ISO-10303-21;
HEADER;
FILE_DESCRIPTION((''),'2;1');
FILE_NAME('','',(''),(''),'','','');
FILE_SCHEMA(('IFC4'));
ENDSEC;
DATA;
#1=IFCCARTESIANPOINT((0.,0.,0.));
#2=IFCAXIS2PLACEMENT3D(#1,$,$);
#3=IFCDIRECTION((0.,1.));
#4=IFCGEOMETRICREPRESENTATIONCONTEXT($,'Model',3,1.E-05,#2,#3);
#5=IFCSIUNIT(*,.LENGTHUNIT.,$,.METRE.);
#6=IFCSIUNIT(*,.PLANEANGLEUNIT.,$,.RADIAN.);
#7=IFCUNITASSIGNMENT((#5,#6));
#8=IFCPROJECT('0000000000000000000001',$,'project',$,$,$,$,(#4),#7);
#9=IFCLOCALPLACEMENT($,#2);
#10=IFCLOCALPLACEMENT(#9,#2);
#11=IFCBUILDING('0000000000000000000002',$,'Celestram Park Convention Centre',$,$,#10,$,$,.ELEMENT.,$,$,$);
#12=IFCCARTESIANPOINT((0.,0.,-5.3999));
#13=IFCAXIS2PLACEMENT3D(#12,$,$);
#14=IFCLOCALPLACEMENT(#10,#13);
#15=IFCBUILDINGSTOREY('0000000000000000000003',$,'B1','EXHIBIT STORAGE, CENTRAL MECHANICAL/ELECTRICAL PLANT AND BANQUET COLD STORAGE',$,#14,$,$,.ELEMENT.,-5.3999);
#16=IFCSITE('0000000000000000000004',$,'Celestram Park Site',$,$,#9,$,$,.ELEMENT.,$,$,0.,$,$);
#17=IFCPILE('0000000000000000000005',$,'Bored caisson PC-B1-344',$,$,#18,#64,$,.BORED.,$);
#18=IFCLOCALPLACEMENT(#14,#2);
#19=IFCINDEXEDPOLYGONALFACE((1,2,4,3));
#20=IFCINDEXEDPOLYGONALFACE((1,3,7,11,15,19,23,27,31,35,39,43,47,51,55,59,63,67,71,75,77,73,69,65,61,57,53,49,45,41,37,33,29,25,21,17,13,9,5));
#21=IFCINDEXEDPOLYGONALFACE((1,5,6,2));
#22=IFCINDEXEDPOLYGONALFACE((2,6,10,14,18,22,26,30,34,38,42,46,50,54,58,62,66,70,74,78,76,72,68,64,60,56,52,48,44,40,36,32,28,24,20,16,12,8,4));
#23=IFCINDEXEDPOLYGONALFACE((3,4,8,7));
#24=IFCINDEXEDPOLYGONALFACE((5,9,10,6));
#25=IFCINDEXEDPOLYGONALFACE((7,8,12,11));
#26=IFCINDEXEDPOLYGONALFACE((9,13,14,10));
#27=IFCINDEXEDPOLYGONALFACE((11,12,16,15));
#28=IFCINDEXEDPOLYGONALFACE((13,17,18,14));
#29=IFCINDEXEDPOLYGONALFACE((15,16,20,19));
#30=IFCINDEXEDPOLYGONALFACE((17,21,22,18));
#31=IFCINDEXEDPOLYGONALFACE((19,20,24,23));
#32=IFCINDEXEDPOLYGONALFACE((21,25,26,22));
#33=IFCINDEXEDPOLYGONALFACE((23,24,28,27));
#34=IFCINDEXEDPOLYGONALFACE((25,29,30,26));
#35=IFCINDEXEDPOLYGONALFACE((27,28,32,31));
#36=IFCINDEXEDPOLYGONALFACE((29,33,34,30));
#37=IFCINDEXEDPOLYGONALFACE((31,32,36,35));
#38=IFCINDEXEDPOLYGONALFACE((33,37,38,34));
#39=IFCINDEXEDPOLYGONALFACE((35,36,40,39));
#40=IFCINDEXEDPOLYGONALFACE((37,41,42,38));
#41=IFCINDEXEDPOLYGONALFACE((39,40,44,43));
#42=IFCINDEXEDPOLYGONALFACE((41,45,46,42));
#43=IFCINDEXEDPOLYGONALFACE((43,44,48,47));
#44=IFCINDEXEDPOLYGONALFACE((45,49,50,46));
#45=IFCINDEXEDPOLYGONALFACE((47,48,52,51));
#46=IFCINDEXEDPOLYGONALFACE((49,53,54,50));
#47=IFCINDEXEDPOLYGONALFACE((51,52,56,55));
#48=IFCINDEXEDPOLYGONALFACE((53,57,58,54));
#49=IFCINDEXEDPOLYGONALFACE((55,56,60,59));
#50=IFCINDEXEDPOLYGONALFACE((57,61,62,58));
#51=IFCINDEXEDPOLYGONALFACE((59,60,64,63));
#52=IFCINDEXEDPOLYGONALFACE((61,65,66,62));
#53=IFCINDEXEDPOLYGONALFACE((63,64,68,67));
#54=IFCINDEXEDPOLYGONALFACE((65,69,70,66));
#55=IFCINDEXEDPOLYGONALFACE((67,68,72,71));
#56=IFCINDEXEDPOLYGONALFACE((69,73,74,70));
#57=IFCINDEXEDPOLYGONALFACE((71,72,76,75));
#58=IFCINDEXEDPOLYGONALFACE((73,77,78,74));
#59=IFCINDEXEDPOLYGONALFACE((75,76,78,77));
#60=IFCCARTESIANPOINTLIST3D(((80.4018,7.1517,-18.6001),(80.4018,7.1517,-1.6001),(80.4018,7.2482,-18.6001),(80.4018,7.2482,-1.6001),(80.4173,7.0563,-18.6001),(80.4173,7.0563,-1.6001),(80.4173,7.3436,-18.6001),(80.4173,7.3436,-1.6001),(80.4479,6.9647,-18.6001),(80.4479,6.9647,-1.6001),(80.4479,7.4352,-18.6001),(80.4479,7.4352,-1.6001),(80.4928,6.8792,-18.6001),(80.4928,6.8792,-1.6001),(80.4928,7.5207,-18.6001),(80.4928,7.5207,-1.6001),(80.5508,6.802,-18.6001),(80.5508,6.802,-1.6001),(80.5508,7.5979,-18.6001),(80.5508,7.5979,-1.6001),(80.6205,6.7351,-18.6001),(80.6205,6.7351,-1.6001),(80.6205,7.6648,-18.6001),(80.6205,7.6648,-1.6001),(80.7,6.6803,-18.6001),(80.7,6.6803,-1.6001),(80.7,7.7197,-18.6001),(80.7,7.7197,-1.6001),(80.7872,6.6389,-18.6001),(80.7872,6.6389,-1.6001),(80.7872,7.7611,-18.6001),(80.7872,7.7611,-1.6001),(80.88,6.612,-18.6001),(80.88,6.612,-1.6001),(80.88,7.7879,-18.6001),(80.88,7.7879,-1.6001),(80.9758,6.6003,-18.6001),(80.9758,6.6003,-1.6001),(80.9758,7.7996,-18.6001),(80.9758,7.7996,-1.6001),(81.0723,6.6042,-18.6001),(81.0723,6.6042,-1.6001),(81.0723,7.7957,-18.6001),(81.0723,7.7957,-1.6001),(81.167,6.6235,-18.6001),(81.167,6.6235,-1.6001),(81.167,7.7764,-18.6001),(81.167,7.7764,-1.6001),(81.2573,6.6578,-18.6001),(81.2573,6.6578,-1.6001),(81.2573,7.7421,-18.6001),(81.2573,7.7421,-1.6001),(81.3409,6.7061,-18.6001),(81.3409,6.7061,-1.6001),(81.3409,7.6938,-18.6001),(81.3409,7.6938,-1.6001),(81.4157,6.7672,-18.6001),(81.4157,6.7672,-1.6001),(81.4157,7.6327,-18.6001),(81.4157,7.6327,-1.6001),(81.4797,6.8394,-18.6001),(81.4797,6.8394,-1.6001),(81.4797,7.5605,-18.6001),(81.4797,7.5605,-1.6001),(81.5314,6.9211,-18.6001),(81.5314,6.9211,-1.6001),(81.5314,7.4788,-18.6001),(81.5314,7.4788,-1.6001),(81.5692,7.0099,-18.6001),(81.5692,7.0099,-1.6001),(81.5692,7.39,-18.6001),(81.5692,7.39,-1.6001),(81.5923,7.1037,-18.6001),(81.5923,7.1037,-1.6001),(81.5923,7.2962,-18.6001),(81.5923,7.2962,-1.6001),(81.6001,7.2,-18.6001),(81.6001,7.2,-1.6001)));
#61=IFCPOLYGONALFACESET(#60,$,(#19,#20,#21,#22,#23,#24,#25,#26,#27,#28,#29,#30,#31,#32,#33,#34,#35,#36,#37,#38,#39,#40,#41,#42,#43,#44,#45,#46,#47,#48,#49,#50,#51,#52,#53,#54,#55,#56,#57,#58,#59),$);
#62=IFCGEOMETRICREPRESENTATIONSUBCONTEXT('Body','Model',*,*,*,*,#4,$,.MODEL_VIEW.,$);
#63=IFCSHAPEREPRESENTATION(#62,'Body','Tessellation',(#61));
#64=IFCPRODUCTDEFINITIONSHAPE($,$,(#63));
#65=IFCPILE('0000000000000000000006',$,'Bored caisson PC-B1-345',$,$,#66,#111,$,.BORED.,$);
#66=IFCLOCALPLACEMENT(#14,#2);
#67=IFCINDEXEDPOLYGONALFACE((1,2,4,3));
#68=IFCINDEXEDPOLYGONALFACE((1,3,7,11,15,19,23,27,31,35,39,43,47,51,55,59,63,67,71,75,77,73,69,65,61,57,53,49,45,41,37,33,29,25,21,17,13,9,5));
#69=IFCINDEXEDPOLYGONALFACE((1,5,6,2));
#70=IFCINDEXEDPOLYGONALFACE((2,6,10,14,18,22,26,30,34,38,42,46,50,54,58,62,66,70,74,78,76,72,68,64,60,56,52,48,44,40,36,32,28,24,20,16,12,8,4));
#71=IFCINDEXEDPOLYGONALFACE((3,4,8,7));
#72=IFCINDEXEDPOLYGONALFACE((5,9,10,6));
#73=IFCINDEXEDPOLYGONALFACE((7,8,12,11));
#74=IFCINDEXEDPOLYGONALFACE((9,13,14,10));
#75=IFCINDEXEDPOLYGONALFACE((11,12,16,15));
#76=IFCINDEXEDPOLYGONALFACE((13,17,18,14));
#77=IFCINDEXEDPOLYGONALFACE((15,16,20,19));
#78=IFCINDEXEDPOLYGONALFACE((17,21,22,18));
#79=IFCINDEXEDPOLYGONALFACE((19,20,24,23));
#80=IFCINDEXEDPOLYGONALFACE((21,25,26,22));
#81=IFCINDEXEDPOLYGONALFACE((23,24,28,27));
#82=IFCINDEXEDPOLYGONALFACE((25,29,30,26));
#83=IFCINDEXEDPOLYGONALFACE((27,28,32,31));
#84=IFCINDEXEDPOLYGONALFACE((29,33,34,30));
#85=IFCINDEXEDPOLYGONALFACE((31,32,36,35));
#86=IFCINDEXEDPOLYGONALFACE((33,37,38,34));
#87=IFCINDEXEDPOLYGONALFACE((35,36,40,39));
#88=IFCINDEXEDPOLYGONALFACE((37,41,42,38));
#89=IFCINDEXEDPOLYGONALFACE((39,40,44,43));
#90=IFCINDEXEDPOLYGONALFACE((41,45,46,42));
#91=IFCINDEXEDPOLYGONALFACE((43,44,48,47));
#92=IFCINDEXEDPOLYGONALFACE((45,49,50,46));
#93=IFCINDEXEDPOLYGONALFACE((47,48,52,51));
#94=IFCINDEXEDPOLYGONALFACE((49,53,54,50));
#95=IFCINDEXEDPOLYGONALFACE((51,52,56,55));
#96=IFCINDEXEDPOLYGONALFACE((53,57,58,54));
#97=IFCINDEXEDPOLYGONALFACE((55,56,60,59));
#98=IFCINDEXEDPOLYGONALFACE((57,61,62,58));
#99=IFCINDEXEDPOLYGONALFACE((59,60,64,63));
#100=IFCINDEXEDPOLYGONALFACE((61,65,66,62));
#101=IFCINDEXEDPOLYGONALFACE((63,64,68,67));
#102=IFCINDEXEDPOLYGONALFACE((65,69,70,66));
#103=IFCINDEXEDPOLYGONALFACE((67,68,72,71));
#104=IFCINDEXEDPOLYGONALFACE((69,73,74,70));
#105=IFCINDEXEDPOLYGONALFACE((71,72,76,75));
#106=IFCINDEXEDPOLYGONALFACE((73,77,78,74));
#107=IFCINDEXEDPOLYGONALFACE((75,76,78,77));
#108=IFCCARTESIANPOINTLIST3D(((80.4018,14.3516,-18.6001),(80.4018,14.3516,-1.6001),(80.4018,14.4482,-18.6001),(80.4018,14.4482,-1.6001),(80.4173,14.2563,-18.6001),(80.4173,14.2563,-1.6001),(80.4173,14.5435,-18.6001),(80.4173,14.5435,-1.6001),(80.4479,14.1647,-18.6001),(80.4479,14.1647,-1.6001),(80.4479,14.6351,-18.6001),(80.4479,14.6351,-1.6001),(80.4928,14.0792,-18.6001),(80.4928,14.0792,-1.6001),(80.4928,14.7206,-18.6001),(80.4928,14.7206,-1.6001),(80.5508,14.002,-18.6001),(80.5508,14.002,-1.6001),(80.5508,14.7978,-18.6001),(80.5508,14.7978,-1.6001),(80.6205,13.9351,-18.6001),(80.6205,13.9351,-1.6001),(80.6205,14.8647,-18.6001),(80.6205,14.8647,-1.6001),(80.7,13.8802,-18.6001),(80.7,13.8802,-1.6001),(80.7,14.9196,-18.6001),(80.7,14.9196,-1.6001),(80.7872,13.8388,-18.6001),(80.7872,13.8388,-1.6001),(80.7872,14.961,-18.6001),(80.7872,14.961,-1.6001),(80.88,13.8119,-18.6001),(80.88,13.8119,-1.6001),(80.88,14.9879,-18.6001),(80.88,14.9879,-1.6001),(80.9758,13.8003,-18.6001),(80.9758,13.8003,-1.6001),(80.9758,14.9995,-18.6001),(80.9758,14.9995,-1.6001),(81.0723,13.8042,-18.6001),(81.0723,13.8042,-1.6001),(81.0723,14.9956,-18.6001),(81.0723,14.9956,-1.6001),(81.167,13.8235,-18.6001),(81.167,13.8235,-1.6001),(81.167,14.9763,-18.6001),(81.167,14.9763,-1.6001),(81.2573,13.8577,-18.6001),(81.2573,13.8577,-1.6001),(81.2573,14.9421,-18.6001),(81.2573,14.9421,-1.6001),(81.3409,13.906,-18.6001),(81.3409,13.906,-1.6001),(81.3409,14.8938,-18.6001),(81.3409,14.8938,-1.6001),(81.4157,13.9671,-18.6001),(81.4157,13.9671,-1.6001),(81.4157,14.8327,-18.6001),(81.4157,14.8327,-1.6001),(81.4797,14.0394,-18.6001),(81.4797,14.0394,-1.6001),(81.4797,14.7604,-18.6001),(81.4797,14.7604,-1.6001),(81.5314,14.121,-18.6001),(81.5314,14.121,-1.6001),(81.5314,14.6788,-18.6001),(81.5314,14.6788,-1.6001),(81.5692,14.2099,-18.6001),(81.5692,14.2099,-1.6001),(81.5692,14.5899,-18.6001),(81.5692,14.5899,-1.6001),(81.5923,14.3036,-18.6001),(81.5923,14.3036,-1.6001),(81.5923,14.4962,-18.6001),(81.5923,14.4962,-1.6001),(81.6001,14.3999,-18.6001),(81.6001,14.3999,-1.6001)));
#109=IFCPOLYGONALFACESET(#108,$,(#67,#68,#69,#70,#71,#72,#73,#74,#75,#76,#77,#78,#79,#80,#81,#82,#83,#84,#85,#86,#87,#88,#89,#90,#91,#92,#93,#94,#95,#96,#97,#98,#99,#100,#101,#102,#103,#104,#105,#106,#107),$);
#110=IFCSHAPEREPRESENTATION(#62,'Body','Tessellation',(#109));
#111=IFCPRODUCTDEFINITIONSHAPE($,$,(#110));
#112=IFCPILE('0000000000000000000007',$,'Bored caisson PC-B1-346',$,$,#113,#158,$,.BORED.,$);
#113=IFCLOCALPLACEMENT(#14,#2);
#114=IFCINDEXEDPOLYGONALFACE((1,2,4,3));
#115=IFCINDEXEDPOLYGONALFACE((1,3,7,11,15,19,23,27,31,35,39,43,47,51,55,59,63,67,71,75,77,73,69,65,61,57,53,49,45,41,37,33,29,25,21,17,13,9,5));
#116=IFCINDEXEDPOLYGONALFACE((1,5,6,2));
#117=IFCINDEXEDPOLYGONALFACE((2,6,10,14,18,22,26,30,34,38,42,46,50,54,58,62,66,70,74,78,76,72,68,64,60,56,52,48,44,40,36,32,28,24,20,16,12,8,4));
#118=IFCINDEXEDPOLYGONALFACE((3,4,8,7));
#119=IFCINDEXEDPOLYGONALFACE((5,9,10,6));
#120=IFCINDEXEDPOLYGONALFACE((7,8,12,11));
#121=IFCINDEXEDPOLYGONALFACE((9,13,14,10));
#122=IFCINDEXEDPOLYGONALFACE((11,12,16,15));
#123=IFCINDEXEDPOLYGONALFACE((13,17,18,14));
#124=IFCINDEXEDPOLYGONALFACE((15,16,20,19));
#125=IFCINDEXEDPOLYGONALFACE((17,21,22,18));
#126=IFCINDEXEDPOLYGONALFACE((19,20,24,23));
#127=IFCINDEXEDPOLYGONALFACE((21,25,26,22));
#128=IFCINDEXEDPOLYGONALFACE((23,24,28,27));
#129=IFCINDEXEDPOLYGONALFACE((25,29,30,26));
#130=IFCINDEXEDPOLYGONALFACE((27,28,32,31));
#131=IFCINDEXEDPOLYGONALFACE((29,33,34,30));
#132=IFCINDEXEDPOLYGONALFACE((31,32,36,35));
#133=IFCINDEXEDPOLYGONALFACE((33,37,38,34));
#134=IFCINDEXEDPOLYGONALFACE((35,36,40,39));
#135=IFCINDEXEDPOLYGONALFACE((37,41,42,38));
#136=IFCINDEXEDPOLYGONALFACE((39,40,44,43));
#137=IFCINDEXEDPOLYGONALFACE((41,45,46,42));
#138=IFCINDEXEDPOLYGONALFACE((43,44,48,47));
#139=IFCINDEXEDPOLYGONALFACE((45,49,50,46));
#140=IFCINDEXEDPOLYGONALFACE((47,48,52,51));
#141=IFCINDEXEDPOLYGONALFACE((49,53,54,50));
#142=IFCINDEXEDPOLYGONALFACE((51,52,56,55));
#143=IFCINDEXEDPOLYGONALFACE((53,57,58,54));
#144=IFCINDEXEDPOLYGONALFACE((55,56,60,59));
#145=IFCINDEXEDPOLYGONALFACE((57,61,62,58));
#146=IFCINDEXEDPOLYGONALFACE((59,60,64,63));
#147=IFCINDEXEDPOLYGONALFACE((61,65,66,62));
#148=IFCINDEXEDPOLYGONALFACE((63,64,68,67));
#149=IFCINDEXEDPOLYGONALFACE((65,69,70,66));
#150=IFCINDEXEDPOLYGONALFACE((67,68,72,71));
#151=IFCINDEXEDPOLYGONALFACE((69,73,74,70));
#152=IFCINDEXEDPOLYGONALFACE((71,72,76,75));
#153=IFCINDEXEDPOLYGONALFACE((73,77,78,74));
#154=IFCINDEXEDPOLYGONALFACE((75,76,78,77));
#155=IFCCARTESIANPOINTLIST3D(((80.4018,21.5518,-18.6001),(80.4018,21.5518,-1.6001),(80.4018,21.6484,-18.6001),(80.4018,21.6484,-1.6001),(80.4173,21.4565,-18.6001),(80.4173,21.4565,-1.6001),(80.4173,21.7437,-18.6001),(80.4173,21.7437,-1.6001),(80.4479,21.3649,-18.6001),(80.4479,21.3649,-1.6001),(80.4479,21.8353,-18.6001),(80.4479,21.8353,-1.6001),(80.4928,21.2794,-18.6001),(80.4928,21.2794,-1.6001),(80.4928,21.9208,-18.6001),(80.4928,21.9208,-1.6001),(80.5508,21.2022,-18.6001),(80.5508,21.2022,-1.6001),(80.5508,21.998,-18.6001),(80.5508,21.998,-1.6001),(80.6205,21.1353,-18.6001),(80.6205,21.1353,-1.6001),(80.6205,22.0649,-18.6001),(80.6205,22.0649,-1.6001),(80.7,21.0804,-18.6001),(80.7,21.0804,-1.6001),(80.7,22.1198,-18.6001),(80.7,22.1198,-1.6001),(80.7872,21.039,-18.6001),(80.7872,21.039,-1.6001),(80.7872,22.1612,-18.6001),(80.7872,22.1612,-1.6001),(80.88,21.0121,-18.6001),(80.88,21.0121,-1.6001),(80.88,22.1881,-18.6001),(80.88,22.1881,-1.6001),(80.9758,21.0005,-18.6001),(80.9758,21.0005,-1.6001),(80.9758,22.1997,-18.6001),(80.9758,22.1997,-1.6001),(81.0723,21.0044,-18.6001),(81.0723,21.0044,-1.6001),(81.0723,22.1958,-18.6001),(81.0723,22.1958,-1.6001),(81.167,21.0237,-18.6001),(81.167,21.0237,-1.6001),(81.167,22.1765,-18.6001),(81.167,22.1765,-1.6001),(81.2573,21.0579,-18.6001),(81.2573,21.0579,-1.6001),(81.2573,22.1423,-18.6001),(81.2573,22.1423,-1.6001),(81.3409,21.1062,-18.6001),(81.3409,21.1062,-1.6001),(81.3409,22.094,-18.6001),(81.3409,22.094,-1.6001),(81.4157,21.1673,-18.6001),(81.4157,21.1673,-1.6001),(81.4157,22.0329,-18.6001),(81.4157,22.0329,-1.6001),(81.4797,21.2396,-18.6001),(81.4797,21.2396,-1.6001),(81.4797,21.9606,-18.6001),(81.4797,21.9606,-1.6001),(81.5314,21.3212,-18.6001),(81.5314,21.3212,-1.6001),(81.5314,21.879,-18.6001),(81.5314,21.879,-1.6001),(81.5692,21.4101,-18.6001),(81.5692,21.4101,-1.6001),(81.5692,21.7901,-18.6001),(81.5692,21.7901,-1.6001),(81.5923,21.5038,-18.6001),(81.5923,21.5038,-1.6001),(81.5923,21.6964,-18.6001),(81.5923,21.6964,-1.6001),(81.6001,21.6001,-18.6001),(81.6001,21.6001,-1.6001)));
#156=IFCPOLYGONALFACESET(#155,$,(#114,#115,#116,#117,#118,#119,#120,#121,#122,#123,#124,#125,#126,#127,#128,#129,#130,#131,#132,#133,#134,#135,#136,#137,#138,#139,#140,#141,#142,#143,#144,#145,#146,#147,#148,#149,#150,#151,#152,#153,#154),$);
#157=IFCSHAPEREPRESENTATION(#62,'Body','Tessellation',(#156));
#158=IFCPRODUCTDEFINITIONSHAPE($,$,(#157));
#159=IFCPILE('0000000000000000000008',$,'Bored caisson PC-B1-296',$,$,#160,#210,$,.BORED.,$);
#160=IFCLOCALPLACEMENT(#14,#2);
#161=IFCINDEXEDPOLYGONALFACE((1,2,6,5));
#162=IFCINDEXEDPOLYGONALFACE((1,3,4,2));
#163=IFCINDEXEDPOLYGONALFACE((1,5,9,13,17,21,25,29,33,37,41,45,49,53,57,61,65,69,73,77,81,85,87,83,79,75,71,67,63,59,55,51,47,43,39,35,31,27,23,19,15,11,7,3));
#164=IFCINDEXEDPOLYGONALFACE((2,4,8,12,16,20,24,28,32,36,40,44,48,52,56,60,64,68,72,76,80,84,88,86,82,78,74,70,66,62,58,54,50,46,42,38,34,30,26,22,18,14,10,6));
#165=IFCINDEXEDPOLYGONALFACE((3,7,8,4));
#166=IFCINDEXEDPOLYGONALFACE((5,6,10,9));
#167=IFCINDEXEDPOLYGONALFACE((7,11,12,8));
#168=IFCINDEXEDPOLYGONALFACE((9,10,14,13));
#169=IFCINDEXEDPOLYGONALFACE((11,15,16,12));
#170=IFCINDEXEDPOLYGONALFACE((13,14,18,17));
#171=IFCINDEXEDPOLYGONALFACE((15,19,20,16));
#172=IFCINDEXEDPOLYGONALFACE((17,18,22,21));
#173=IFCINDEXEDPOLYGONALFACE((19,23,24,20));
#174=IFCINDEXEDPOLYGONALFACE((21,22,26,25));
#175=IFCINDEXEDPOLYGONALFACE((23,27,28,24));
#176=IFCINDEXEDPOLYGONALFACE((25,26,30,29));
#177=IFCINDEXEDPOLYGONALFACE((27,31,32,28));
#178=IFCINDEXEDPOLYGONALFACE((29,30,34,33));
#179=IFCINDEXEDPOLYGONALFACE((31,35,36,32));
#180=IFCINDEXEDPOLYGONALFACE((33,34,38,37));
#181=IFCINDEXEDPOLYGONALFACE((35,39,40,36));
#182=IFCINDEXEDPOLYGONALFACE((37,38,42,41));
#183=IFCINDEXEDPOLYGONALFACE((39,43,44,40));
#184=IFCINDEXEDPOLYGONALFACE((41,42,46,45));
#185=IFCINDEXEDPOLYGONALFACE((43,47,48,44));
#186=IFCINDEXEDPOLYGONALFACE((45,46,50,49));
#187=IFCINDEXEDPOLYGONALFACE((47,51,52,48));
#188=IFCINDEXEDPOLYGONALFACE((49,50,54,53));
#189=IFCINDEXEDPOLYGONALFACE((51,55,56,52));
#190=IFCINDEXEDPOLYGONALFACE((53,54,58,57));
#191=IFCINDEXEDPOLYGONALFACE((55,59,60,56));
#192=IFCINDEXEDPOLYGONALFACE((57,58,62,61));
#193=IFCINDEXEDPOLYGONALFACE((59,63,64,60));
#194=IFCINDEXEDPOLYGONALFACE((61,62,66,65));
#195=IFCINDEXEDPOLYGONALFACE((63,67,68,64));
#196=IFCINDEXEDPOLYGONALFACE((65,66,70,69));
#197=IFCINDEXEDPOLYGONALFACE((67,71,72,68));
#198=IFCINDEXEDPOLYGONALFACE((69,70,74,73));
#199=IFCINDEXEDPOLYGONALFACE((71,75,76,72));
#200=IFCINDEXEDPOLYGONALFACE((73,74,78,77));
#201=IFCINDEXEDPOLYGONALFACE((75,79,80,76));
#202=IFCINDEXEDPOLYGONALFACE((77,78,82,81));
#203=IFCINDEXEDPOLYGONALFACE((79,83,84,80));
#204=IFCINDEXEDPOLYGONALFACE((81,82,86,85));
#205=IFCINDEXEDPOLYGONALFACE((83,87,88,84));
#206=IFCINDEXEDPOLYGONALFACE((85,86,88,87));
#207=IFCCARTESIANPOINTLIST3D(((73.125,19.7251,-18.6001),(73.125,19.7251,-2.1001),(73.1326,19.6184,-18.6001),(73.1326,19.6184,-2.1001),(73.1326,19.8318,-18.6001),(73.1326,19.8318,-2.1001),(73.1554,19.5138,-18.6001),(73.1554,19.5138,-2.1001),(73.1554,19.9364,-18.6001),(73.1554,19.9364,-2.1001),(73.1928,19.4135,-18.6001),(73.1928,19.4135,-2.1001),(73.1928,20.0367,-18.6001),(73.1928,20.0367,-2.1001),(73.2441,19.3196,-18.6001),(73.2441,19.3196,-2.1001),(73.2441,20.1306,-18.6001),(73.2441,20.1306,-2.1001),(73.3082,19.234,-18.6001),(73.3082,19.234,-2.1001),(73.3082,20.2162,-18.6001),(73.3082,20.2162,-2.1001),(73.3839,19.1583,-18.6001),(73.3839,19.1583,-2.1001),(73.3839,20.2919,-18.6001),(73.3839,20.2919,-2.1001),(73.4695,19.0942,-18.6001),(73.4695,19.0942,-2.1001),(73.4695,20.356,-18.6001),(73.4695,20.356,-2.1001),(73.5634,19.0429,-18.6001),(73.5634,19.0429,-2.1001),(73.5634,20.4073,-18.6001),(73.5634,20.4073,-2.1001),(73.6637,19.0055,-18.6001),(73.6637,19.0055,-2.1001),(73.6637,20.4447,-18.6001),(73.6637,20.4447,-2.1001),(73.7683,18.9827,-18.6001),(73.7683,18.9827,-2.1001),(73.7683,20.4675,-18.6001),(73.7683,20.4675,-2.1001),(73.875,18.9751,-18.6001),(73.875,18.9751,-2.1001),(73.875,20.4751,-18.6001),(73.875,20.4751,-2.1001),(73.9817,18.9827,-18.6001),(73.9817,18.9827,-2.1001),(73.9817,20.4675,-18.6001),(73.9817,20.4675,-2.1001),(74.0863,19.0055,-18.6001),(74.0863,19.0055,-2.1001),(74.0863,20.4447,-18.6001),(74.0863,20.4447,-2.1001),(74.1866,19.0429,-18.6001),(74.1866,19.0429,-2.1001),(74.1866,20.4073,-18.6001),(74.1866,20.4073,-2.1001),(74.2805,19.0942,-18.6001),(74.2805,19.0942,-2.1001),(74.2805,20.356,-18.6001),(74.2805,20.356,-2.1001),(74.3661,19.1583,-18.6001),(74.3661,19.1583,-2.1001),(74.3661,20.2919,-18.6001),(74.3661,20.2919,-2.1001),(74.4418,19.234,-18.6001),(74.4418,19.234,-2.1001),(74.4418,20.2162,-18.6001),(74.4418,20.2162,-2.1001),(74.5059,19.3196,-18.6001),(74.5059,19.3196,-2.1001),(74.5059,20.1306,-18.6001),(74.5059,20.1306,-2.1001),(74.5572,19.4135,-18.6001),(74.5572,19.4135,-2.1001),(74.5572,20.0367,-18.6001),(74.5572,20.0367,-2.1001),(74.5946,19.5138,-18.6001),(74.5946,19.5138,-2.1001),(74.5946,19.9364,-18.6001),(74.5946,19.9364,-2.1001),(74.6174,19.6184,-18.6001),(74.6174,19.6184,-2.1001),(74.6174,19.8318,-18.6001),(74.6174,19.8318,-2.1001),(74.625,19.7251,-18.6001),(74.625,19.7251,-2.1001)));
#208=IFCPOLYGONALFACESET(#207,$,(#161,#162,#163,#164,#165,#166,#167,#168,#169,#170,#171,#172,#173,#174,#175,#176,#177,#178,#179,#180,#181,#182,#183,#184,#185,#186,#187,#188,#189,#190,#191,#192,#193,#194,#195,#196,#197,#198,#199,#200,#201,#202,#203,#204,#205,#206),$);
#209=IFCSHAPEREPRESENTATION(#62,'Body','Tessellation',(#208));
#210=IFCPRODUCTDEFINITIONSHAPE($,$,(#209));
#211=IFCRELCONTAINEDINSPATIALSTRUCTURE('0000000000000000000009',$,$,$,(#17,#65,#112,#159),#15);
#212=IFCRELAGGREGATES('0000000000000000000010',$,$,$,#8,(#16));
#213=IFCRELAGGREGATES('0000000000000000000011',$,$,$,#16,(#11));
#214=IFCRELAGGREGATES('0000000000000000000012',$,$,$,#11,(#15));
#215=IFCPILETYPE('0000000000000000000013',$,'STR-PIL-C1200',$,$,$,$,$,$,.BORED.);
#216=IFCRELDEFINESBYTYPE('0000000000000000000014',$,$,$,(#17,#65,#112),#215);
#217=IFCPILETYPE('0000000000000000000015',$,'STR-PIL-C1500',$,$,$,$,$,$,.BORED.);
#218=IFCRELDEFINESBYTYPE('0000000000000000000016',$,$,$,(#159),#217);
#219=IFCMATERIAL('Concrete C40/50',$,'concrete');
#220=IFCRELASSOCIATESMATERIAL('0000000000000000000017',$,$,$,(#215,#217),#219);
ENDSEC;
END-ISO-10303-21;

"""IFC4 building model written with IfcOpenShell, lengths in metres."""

from ifc_helpers import new_model, si_unit, direction, frame, origin, origin_2d, place, context, subcontext, project, spatial, circle, extrude, material, material_profile, profile_set, type_object, element, save


model = new_model("IFC4")

# Units and contexts
model_context = context("Model", 3, precision=1e-05, world=origin(), true_north=direction((0.0, 1.0)))
body_context = subcontext(model_context, "Body", "Model", "MODEL_VIEW")
ifc_project = project(units=[si_unit("LENGTHUNIT", "METRE"), si_unit("PLANEANGLEUNIT", "RADIAN")], contexts=[model_context])

# Site, building, storey
site_placement = place(None, origin())
site = spatial("IfcSite", under=ifc_project, at=site_placement, Name="Celestram Park Site", CompositionType="ELEMENT", RefElevation=0.0)
building_placement = place(site_placement, origin())
building = spatial("IfcBuilding", under=site, at=building_placement, Name="Celestram Park Convention Centre", CompositionType="ELEMENT")
storey_placement = place(building_placement, frame((0.0, 0.0, -5.3999)))
storey = spatial("IfcBuildingStorey", under=building, at=storey_placement, Name="B1", Description="EXHIBIT STORAGE, CENTRAL MECHANICAL/ELECTRICAL PLANT AND BANQUET COLD STORAGE", CompositionType="ELEMENT", Elevation=-5.3999)

# Shared definitions
ifc_material_1 = material(Name="Concrete C40/50", Category="concrete")

# Piles
ifc_material_profile_1 = material_profile(ifc_material_1, circle(Radius=0.6001, at=origin_2d()), Name="CAISSON1200")
ifc_profile_set_1 = profile_set([ifc_material_profile_1], Name="Concrete C40/50")
pile_type_1 = type_object("IfcPileType", Name="STR-PIL-C1200", PredefinedType="BORED", material=ifc_profile_set_1)
for number, where, z_axis, x_axis, name in (
    (1, (81.0, 7.2, -1.6001), (0.0, 0.0, -1.0), (1.0, 0.0, 0.0), "Bored caisson PC-B1-344"),
    (2, (81.0, 14.3999, -1.6001), (0.0, 0.0, -1.0), (1.0, 0.0, 0.0), "Bored caisson PC-B1-345"),
    (3, (81.0, 21.6001, -1.6001), (0.0, 0.0, -1.0), (1.0, 0.0, 0.0), "Bored caisson PC-B1-346"),
):
    element("IfcPile", number, at=place(storey_placement, frame(where, z_axis=z_axis, x_axis=x_axis)), inside=storey, type_object=pile_type_1, Name=name, PredefinedType="BORED", context=body_context, shape_type="SweptSolid", body=[
        extrude(circle(Radius=0.6001, at=origin_2d()), origin(), (0.0, 0.0, 1.0), 17.0),
    ])
ifc_material_profile_2 = material_profile(ifc_material_1, circle(Radius=0.75, at=origin_2d()), Name="CAISSON1500")
ifc_profile_set_2 = profile_set([ifc_material_profile_2], Name="Concrete C40/50")
pile_type_2 = type_object("IfcPileType", Name="STR-PIL-C1500", PredefinedType="BORED", material=ifc_profile_set_2)
pile_placement = place(storey_placement, frame((73.875, 19.7251, -2.1001), z_axis=(0.0, 0.0, -1.0), x_axis=(1.0, 0.0, 0.0)))
element("IfcPile", 4, at=pile_placement, inside=storey, type_object=pile_type_2, Name="Bored caisson PC-B1-296", PredefinedType="BORED", context=body_context, shape_type="SweptSolid", body=[
    extrude(circle(Radius=0.75, at=origin_2d()), origin(), (0.0, 0.0, 1.0), 16.5),
])

save(model, "model.ifc")
